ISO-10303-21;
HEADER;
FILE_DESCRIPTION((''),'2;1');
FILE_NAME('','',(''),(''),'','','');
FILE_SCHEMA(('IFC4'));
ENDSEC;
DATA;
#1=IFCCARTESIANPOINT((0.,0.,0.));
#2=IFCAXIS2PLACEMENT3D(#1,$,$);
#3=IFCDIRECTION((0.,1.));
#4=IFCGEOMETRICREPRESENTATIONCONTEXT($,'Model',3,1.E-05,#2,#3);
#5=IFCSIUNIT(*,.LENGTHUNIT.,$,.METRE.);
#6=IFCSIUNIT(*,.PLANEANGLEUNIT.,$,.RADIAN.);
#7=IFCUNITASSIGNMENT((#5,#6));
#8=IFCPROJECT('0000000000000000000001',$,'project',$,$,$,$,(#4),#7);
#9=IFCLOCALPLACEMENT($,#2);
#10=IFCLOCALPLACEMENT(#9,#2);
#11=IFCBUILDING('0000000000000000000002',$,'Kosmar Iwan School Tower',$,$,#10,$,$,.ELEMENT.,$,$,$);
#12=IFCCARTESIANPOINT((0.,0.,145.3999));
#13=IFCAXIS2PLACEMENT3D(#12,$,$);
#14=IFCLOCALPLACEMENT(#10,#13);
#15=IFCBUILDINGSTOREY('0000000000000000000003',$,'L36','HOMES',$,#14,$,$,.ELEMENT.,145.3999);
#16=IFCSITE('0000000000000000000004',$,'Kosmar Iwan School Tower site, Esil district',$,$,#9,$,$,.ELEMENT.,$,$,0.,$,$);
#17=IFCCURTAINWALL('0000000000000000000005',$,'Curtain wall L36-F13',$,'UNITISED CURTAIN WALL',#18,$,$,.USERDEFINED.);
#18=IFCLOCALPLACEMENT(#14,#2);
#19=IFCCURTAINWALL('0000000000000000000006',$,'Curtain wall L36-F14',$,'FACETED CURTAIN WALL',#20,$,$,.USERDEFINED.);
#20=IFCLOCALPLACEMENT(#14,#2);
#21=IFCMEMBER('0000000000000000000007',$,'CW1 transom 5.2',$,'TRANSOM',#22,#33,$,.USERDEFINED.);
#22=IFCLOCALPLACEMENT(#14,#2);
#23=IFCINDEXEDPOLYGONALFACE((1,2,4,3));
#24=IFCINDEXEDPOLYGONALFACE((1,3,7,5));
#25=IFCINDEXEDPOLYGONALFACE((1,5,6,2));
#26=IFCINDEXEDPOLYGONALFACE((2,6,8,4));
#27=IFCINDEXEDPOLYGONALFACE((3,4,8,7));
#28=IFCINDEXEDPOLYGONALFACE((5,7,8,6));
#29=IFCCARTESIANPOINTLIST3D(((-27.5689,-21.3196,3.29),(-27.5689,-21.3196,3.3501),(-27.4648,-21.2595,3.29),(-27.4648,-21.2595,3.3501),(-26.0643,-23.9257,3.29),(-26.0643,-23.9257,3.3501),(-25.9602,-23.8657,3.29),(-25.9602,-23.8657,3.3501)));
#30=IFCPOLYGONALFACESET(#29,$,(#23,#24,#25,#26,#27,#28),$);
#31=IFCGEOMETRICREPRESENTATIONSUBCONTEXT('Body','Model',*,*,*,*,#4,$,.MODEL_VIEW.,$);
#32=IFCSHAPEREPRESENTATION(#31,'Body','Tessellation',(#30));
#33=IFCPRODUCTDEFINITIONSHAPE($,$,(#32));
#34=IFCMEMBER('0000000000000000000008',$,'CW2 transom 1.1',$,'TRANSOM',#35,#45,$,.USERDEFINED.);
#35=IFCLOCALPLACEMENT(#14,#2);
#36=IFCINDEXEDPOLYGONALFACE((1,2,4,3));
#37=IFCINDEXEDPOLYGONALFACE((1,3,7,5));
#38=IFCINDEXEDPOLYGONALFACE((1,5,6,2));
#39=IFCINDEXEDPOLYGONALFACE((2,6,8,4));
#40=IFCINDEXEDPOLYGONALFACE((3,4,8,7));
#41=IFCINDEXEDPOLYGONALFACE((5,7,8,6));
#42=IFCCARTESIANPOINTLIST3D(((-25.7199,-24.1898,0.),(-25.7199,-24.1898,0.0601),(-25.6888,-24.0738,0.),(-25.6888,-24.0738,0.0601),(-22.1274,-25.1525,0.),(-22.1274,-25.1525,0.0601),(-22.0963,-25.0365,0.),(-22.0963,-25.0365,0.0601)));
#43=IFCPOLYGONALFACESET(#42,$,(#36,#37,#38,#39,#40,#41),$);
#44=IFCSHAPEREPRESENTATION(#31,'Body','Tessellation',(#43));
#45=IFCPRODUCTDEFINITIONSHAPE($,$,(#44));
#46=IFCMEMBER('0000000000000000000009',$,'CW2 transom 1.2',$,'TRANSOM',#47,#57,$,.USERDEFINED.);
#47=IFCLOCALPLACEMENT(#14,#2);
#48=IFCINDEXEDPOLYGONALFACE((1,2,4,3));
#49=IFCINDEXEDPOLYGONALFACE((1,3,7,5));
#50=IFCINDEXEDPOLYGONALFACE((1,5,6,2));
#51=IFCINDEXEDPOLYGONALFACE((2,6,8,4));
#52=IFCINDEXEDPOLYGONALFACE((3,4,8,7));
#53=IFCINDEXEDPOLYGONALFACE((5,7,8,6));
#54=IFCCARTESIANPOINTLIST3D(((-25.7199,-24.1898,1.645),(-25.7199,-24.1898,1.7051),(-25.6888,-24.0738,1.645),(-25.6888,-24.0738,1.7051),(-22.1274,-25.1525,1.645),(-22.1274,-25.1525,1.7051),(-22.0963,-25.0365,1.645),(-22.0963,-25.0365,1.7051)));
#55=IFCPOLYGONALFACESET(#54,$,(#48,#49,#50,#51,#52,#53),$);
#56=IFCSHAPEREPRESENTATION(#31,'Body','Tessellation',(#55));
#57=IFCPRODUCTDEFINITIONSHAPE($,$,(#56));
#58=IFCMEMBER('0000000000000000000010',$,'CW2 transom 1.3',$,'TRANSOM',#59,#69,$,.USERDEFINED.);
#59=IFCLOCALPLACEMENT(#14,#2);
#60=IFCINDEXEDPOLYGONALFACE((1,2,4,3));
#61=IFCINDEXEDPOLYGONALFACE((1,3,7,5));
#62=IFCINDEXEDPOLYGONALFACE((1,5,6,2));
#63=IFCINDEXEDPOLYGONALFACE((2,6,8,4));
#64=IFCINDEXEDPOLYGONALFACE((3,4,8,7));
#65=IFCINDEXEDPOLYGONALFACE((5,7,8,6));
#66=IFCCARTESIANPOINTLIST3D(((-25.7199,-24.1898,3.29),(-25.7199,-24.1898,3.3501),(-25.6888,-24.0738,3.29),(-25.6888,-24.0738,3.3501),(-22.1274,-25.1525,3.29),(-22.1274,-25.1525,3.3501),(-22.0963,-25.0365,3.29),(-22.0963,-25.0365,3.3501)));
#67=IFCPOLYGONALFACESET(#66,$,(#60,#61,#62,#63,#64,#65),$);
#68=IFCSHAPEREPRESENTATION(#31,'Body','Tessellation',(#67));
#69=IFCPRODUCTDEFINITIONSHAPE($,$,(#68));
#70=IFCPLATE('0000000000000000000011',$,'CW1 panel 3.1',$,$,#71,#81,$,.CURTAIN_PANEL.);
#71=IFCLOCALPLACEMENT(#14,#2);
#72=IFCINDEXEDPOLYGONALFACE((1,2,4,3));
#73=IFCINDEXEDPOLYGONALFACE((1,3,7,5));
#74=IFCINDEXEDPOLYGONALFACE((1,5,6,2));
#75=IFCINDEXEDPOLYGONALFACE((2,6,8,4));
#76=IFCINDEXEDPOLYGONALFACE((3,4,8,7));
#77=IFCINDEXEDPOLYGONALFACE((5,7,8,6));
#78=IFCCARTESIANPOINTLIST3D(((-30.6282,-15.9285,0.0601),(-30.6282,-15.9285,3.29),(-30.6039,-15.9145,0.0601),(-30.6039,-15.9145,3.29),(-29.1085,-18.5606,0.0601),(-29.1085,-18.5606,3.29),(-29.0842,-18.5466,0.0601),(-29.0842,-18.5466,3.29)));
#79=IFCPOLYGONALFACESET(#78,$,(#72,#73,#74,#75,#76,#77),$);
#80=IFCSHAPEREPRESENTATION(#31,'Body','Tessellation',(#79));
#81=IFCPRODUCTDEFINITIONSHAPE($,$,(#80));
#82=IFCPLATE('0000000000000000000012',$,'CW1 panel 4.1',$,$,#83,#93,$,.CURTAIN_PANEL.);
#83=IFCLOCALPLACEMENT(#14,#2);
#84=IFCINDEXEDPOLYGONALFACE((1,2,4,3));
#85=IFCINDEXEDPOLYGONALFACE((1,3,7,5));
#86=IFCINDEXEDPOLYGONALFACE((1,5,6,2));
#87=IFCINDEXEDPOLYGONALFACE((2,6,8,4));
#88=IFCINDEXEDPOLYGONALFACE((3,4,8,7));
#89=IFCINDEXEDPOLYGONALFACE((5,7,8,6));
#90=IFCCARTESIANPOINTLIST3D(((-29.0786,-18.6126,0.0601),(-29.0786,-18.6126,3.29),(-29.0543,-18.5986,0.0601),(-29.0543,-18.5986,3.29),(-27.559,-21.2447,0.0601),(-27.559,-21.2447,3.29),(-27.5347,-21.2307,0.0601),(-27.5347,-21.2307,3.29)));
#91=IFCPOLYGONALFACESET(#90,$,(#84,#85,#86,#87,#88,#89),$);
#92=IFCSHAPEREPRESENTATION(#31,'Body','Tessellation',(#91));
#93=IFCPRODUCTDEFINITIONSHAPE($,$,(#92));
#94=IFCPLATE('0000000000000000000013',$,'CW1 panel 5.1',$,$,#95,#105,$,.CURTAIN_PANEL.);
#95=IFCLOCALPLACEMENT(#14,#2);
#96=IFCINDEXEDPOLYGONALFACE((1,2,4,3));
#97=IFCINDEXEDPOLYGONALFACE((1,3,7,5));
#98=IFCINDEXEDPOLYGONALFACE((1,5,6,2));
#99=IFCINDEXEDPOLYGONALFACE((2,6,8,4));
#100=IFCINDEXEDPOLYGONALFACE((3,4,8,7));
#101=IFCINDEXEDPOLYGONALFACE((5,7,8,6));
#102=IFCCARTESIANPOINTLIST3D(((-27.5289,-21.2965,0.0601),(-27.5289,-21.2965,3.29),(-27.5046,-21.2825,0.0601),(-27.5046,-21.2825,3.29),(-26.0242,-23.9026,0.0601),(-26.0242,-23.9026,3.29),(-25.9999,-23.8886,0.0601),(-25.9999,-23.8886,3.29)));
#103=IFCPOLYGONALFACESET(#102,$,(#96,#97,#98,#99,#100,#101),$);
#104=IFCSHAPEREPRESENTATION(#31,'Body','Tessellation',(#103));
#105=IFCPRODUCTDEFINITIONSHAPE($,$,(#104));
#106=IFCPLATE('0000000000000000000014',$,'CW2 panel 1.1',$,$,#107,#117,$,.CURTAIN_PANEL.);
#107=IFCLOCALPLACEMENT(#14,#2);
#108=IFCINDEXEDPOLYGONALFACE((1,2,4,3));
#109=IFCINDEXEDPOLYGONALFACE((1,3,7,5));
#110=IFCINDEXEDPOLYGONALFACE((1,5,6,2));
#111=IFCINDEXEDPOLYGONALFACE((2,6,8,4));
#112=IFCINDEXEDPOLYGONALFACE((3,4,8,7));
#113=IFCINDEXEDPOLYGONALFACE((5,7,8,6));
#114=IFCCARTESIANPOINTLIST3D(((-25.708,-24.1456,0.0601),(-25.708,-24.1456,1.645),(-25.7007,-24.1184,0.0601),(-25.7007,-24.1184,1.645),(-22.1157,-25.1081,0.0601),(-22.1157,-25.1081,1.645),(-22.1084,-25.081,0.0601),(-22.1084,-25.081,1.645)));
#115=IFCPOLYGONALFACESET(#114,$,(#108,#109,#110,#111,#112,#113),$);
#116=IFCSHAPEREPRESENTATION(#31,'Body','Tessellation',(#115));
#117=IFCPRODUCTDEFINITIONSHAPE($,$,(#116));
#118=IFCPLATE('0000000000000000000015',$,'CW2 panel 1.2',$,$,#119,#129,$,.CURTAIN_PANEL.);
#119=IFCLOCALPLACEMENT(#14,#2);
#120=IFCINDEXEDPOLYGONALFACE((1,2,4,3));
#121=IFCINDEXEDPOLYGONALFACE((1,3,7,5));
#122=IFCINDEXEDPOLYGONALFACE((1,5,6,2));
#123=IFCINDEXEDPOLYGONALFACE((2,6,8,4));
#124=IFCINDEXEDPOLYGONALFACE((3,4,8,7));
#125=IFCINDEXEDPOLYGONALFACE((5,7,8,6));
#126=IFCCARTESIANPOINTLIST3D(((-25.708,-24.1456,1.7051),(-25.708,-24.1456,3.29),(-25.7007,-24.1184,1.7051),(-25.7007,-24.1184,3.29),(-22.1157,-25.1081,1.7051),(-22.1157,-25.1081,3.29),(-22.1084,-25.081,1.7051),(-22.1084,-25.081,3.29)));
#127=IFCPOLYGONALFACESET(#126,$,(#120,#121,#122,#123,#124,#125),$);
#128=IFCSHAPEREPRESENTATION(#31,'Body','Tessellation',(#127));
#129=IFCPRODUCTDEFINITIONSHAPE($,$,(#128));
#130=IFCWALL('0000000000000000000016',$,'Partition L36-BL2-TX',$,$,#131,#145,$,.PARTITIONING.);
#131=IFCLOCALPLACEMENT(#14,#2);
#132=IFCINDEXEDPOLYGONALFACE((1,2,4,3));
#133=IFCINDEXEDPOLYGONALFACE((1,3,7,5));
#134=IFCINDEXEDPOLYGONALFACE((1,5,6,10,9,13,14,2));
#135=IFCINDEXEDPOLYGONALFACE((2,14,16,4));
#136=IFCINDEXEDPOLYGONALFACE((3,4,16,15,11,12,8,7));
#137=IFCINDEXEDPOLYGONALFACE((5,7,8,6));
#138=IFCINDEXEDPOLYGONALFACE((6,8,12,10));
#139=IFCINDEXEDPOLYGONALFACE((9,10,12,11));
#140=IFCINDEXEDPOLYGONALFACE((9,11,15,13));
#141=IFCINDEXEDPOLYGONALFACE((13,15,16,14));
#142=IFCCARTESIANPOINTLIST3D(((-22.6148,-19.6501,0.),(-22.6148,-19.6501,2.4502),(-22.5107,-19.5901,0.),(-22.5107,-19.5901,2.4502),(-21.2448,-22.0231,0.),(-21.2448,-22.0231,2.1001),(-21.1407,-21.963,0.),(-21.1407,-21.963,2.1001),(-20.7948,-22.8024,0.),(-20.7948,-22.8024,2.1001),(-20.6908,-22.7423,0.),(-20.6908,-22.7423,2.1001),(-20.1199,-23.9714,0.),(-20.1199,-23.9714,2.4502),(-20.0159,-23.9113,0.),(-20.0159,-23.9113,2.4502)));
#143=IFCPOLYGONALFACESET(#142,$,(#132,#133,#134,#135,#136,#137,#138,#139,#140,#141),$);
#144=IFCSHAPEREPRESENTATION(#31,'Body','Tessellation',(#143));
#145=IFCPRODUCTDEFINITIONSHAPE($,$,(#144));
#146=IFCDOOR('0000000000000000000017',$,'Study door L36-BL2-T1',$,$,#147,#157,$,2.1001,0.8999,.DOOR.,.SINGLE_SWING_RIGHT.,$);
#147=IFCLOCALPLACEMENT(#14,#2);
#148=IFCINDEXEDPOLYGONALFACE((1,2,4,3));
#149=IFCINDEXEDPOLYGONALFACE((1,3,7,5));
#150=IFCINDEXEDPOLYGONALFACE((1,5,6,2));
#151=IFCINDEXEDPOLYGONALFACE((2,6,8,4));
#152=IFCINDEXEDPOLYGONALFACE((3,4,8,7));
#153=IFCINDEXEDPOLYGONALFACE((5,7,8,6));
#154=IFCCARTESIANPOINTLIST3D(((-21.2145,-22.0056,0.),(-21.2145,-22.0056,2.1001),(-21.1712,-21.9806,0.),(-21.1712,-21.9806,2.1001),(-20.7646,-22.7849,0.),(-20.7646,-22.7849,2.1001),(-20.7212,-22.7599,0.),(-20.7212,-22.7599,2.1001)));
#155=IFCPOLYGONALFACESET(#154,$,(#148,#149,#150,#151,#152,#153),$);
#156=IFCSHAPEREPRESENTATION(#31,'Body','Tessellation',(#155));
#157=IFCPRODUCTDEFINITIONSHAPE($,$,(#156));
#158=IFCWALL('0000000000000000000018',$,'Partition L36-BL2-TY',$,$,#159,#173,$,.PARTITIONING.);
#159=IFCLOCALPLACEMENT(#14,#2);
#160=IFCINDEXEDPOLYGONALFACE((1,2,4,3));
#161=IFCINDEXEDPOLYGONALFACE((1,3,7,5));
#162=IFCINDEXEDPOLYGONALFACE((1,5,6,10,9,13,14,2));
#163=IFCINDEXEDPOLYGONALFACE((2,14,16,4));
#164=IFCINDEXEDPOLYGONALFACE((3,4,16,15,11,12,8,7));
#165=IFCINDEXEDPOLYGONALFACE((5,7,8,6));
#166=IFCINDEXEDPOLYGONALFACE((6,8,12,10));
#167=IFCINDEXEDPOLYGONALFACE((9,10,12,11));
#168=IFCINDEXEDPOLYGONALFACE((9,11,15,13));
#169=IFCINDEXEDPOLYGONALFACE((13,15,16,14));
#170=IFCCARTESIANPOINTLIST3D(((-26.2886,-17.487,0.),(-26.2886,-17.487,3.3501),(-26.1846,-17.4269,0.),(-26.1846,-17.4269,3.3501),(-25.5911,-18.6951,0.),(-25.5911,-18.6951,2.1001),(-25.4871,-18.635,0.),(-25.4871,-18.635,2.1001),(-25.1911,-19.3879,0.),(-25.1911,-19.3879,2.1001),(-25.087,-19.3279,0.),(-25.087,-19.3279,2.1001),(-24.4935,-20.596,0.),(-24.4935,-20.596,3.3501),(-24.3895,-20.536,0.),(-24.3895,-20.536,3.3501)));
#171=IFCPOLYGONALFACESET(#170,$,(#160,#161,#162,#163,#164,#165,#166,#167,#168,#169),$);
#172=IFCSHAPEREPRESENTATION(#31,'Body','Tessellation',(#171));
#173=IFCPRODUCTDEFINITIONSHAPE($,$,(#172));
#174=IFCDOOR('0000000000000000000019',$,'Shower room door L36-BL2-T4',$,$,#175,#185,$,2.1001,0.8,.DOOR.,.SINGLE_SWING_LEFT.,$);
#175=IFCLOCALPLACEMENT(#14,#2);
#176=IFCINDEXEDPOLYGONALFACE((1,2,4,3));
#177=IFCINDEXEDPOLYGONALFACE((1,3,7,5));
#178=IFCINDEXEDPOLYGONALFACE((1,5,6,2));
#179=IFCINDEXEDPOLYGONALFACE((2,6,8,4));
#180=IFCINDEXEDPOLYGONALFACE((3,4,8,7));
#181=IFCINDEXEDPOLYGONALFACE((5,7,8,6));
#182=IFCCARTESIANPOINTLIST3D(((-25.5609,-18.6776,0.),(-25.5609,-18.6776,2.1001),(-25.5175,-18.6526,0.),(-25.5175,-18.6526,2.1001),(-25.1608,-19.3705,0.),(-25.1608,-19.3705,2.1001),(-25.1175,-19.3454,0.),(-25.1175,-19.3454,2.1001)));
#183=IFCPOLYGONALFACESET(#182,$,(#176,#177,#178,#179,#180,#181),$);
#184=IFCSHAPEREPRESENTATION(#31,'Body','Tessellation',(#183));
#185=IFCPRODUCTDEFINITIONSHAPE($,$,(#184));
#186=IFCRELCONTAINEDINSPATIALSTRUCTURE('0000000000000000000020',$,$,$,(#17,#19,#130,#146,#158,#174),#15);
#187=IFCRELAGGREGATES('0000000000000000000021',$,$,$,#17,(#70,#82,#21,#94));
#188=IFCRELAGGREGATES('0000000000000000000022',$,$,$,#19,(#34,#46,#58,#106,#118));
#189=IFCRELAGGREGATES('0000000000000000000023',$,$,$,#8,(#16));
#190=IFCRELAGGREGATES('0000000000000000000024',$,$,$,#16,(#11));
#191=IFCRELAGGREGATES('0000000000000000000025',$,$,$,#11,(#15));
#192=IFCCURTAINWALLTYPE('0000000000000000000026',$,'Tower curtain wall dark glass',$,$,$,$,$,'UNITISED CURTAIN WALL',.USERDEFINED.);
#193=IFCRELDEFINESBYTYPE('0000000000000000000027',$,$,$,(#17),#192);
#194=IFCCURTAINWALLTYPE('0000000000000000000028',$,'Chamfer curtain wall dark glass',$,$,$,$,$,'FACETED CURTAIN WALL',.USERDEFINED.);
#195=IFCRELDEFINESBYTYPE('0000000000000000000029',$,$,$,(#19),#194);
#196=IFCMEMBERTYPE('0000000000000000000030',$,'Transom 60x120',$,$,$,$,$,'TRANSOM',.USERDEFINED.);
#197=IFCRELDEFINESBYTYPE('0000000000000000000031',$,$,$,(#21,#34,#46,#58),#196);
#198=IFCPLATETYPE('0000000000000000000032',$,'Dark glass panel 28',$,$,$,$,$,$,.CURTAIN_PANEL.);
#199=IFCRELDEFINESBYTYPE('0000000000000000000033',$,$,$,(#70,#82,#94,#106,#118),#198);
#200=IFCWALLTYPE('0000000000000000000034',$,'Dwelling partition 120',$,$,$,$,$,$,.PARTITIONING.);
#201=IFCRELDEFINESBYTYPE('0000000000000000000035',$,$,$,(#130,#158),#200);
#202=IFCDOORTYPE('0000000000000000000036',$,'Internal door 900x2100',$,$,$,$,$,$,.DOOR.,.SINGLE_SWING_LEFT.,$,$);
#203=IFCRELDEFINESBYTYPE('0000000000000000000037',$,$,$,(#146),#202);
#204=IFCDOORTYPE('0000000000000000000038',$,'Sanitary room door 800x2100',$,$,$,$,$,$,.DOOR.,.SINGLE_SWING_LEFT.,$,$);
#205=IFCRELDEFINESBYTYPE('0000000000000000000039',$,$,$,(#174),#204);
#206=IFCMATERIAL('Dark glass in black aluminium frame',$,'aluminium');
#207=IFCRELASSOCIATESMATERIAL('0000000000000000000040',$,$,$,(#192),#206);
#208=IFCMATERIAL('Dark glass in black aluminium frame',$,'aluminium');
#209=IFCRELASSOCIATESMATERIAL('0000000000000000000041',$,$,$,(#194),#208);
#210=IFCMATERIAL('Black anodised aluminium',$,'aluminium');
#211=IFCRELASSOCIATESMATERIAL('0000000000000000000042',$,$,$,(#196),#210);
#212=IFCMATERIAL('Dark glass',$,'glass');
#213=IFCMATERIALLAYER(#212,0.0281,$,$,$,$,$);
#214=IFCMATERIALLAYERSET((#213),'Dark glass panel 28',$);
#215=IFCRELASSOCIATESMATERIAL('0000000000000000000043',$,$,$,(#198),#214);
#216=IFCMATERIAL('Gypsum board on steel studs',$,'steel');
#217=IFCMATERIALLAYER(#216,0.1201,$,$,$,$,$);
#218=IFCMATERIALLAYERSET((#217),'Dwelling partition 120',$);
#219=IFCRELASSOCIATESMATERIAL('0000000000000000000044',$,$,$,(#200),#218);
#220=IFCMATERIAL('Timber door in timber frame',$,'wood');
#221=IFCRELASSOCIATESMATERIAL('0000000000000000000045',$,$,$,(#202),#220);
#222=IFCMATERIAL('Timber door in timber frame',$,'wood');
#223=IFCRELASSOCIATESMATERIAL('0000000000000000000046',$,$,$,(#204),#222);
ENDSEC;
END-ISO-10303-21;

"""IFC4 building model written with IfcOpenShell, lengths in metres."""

from ifc_helpers import new_model, si_unit, direction, frame, frame_2d, origin, origin_2d, place, context, subcontext, project, spatial, rectangle, extrude, material, layer, layer_set, material_profile, profile_set, type_object, element, fill, aggregate, save


model = new_model("IFC4")

# Units and contexts
model_context = context("Model", 3, precision=1e-05, world=origin(), true_north=direction((0.0, 1.0)))
body_context = subcontext(model_context, "Body", "Model", "MODEL_VIEW")
ifc_project = project(units=[si_unit("LENGTHUNIT", "METRE"), si_unit("PLANEANGLEUNIT", "RADIAN")], contexts=[model_context])

# Site, building, storey
site_placement = place(None, origin())
site = spatial("IfcSite", under=ifc_project, at=site_placement, Name="Kosmar Iwan School Tower site, Esil district", CompositionType="ELEMENT", RefElevation=0.0)
building_placement = place(site_placement, origin())
building = spatial("IfcBuilding", under=site, at=building_placement, Name="Kosmar Iwan School Tower", CompositionType="ELEMENT")
storey_placement = place(building_placement, frame((0.0, 0.0, 145.3999)))
storey = spatial("IfcBuildingStorey", under=building, at=storey_placement, Name="L36", Description="HOMES", CompositionType="ELEMENT", Elevation=145.3999)

# Curtain wall
ifc_material_1 = material(Name="Dark glass in black aluminium frame", Category="aluminium")
curtain_wall_type_1 = type_object("IfcCurtainWallType", Name="Tower curtain wall dark glass", ElementType="UNITISED CURTAIN WALL", PredefinedType="USERDEFINED", material=ifc_material_1)
curtain_wall_1_placement = place(storey_placement, origin())
curtain_wall_1 = element("IfcCurtainWall", 1, at=curtain_wall_1_placement, inside=storey, type_object=curtain_wall_type_1, Name="Curtain wall L36-F13", ObjectType="UNITISED CURTAIN WALL", PredefinedType="USERDEFINED")

# Curtain wall
ifc_material_2 = material(Name="Dark glass in black aluminium frame", Category="aluminium")
curtain_wall_type_2 = type_object("IfcCurtainWallType", Name="Chamfer curtain wall dark glass", ElementType="FACETED CURTAIN WALL", PredefinedType="USERDEFINED", material=ifc_material_2)
curtain_wall_2_placement = place(storey_placement, origin())
curtain_wall_2 = element("IfcCurtainWall", 2, at=curtain_wall_2_placement, inside=storey, type_object=curtain_wall_type_2, Name="Curtain wall L36-F14", ObjectType="FACETED CURTAIN WALL", PredefinedType="USERDEFINED")

# Members
ifc_material_3 = material(Name="Black anodised aluminium", Category="aluminium")
ifc_material_profile_1 = material_profile(ifc_material_3, rectangle(XDim=0.1201, YDim=0.0601, at=origin_2d()), Name="TRANSOM 60x120")
ifc_profile_set_1 = profile_set([ifc_material_profile_1], Name="Black anodised aluminium")
member_type_1 = type_object("IfcMemberType", Name="Transom 60x120", ElementType="TRANSOM", PredefinedType="USERDEFINED", material=ifc_profile_set_1)
member_1_placement = place(storey_placement, frame((-27.5168, -21.2896, 3.3201), z_axis=(0.499987, -0.866033, 0.0), x_axis=(0.866033, 0.499987, 0.0)))
member_1 = element("IfcMember", 3, at=member_1_placement, type_object=member_type_1, Name="CW1 transom 5.2", ObjectType="TRANSOM", PredefinedType="USERDEFINED", context=body_context, shape_type="SweptSolid", body=[
    extrude(rectangle(XDim=0.1201, YDim=0.0601, at=origin_2d()), origin(), (0.0, 0.0, 1.0), 3.0093),
])
member_2_placement = place(storey_placement, frame((-25.7043, -24.1318, 0.03), z_axis=(0.965924, -0.258827, 0.0), x_axis=(0.258827, 0.965924, 0.0)))
member_2 = element("IfcMember", 4, at=member_2_placement, type_object=member_type_1, Name="CW2 transom 1.1", ObjectType="TRANSOM", PredefinedType="USERDEFINED", context=body_context, shape_type="SweptSolid", body=[
    extrude(rectangle(XDim=0.1201, YDim=0.0601, at=origin_2d()), origin(), (0.0, 0.0, 1.0), 3.7192),
])
member_3_placement = place(storey_placement, frame((-25.7043, -24.1318, 1.675), z_axis=(0.965924, -0.258827, 0.0), x_axis=(0.258827, 0.965924, 0.0)))
member_3 = element("IfcMember", 5, at=member_3_placement, type_object=member_type_1, Name="CW2 transom 1.2", ObjectType="TRANSOM", PredefinedType="USERDEFINED", context=body_context, shape_type="SweptSolid", body=[
    extrude(rectangle(XDim=0.1201, YDim=0.0601, at=origin_2d()), origin(), (0.0, 0.0, 1.0), 3.7192),
])
member_4_placement = place(storey_placement, frame((-25.7043, -24.1318, 3.3201), z_axis=(0.965924, -0.258827, 0.0), x_axis=(0.258827, 0.965924, 0.0)))
member_4 = element("IfcMember", 6, at=member_4_placement, type_object=member_type_1, Name="CW2 transom 1.3", ObjectType="TRANSOM", PredefinedType="USERDEFINED", context=body_context, shape_type="SweptSolid", body=[
    extrude(rectangle(XDim=0.1201, YDim=0.0601, at=origin_2d()), origin(), (0.0, 0.0, 1.0), 3.7192),
])

# Plates
ifc_material_4 = material(Name="Dark glass", Category="glass")
ifc_layer_1 = layer(ifc_material_4, 0.0281)
ifc_layer_set_1 = layer_set([ifc_layer_1], Name="Dark glass panel 28")
plate_type = type_object("IfcPlateType", Name="Dark glass panel 28", PredefinedType="CURTAIN_PANEL", material=ifc_layer_set_1)
plate_1_placement = place(storey_placement, frame((-29.8562, -17.2375, 0.0601), z_axis=(0.0, 0.0, 1.0), x_axis=(0.5, -0.866025, 0.0)))
plate_1 = element("IfcPlate", 7, at=plate_1_placement, type_object=plate_type, Name="CW1 panel 3.1", PredefinedType="CURTAIN_PANEL", context=body_context, shape_type="SweptSolid", body=[
    extrude(rectangle(XDim=3.0393, YDim=0.0281, at=origin_2d()), origin(), (0.0, 0.0, 1.0), 3.23),
])
plate_2_placement = place(storey_placement, frame((-28.3066, -19.9216, 0.0601), z_axis=(0.0, 0.0, 1.0), x_axis=(0.5, -0.866025, 0.0)))
plate_2 = element("IfcPlate", 8, at=plate_2_placement, type_object=plate_type, Name="CW1 panel 4.1", PredefinedType="CURTAIN_PANEL", context=body_context, shape_type="SweptSolid", body=[
    extrude(rectangle(XDim=3.0393, YDim=0.0281, at=origin_2d()), origin(), (0.0, 0.0, 1.0), 3.23),
])
plate_3_placement = place(storey_placement, frame((-26.7644, -22.5925, 0.0601), z_axis=(0.0, 0.0, 1.0), x_axis=(0.5, -0.866025, 0.0)))
plate_3 = element("IfcPlate", 9, at=plate_3_placement, type_object=plate_type, Name="CW1 panel 5.1", PredefinedType="CURTAIN_PANEL", context=body_context, shape_type="SweptSolid", body=[
    extrude(rectangle(XDim=3.0093, YDim=0.0281, at=origin_2d()), origin(), (0.0, 0.0, 1.0), 3.23),
])
aggregate(curtain_wall_1, [plate_1, plate_2, member_1, plate_3])
plate_4_placement = place(storey_placement, frame((-23.9082, -24.6133, 0.0601), z_axis=(0.0, 0.0, 1.0), x_axis=(0.965926, -0.258819, 0.0)))
plate_4 = element("IfcPlate", 10, at=plate_4_placement, type_object=plate_type, Name="CW2 panel 1.1", PredefinedType="CURTAIN_PANEL", context=body_context, shape_type="SweptSolid", body=[
    extrude(rectangle(XDim=3.719, YDim=0.0281, at=origin_2d()), origin(), (0.0, 0.0, 1.0), 1.585),
])
plate_5_placement = place(storey_placement, frame((-23.9082, -24.6133, 1.7051), z_axis=(0.0, 0.0, 1.0), x_axis=(0.965926, -0.258819, 0.0)))
plate_5 = element("IfcPlate", 11, at=plate_5_placement, type_object=plate_type, Name="CW2 panel 1.2", PredefinedType="CURTAIN_PANEL", context=body_context, shape_type="SweptSolid", body=[
    extrude(rectangle(XDim=3.719, YDim=0.0281, at=origin_2d()), origin(), (0.0, 0.0, 1.0), 1.585),
])
aggregate(curtain_wall_2, [member_2, member_3, member_4, plate_4, plate_5])

# Walls, openings, doors
ifc_material_5 = material(Name="Gypsum board on steel studs", Category="steel")
ifc_layer_2 = layer(ifc_material_5, 0.1201)
ifc_layer_set_2 = layer_set([ifc_layer_2], Name="Dwelling partition 120")
wall_type_1 = type_object("IfcWallType", Name="Dwelling partition 120", PredefinedType="PARTITIONING", material=ifc_layer_set_2)
wall_1_placement = place(storey_placement, frame((-22.5627, -19.6201, 0.0), z_axis=(0.0, 0.0, 1.0), x_axis=(0.499996, -0.866028, 0.0)))
wall_1 = element("IfcWall", 12, at=wall_1_placement, inside=storey, type_object=wall_type_1, Name="Partition L36-BL2-TX", PredefinedType="PARTITIONING", context=body_context, shape_type="SweptSolid", body=[
    extrude(rectangle(XDim=4.9897, YDim=0.1201, at=frame_2d((2.4949, 0.0))), origin(), (0.0, 0.0, 1.0), 2.4502),
])
opening_1_placement = place(wall_1_placement, frame((2.74, 0.0, 0.0)))
opening_1 = element("IfcOpeningElement", 13, at=opening_1_placement, cuts=wall_1, PredefinedType="OPENING", context=body_context, shape_type="SweptSolid", body=[
    extrude(rectangle(XDim=0.8999, YDim=2.1001, at=frame_2d((0.45, 1.05))), frame((0.0, 0.072, 0.0), z_axis=(0.0, -1.0, 0.0), x_axis=(1.0, 0.0, 0.0)), (0.0, 0.0, 1.0), 0.144),
])
ifc_material_6 = material(Name="Timber door in timber frame", Category="wood")
door_type_1 = type_object("IfcDoorType", Name="Internal door 900x2100", OperationType="SINGLE_SWING_LEFT", PredefinedType="DOOR", material=ifc_material_6)
door_1_placement = place(opening_1_placement, origin())
door_1 = element("IfcDoor", 14, at=door_1_placement, inside=storey, type_object=door_type_1, Name="Study door L36-BL2-T1", OperationType="SINGLE_SWING_RIGHT", OverallHeight=2.1001, OverallWidth=0.8999, PredefinedType="DOOR", context=body_context, shape_type="SweptSolid", body=[
    extrude(rectangle(XDim=0.8999, YDim=2.1001, at=frame_2d((0.45, 1.05))), frame((0.0, 0.0249, 0.0), z_axis=(0.0, -1.0, 0.0), x_axis=(1.0, 0.0, 0.0)), (0.0, 0.0, 1.0), 0.05),
])
fill(opening_1, door_1)
wall_2_placement = place(storey_placement, frame((-26.2366, -17.457, 0.0), z_axis=(0.0, 0.0, 1.0), x_axis=(0.500023, -0.866012, 0.0)))
wall_2 = element("IfcWall", 15, at=wall_2_placement, inside=storey, type_object=wall_type_1, Name="Partition L36-BL2-TY", PredefinedType="PARTITIONING", context=body_context, shape_type="SweptSolid", body=[
    extrude(rectangle(XDim=3.5901, YDim=0.1201, at=frame_2d((1.7949, 0.0))), origin(), (0.0, 0.0, 1.0), 3.3501),
])
opening_2_placement = place(wall_2_placement, frame((1.395, 0.0, 0.0)))
opening_2 = element("IfcOpeningElement", 16, at=opening_2_placement, cuts=wall_2, PredefinedType="OPENING", context=body_context, shape_type="SweptSolid", body=[
    extrude(rectangle(XDim=0.8, YDim=2.1001, at=frame_2d((0.3999, 1.05))), frame((0.0, 0.072, 0.0), z_axis=(0.0, -1.0, 0.0), x_axis=(1.0, 0.0, 0.0)), (0.0, 0.0, 1.0), 0.144),
])
ifc_material_7 = material(Name="Timber door in timber frame", Category="wood")
door_type_2 = type_object("IfcDoorType", Name="Sanitary room door 800x2100", OperationType="SINGLE_SWING_LEFT", PredefinedType="DOOR", material=ifc_material_7)
door_2_placement = place(opening_2_placement, origin())
door_2 = element("IfcDoor", 17, at=door_2_placement, inside=storey, type_object=door_type_2, Name="Shower room door L36-BL2-T4", OperationType="SINGLE_SWING_LEFT", OverallHeight=2.1001, OverallWidth=0.8, PredefinedType="DOOR", context=body_context, shape_type="SweptSolid", body=[
    extrude(rectangle(XDim=0.8, YDim=2.1001, at=frame_2d((0.3999, 1.05))), frame((0.0, 0.0249, 0.0), z_axis=(0.0, -1.0, 0.0), x_axis=(1.0, 0.0, 0.0)), (0.0, 0.0, 1.0), 0.05),
])
fill(opening_2, door_2)

save(model, "model.ifc")
